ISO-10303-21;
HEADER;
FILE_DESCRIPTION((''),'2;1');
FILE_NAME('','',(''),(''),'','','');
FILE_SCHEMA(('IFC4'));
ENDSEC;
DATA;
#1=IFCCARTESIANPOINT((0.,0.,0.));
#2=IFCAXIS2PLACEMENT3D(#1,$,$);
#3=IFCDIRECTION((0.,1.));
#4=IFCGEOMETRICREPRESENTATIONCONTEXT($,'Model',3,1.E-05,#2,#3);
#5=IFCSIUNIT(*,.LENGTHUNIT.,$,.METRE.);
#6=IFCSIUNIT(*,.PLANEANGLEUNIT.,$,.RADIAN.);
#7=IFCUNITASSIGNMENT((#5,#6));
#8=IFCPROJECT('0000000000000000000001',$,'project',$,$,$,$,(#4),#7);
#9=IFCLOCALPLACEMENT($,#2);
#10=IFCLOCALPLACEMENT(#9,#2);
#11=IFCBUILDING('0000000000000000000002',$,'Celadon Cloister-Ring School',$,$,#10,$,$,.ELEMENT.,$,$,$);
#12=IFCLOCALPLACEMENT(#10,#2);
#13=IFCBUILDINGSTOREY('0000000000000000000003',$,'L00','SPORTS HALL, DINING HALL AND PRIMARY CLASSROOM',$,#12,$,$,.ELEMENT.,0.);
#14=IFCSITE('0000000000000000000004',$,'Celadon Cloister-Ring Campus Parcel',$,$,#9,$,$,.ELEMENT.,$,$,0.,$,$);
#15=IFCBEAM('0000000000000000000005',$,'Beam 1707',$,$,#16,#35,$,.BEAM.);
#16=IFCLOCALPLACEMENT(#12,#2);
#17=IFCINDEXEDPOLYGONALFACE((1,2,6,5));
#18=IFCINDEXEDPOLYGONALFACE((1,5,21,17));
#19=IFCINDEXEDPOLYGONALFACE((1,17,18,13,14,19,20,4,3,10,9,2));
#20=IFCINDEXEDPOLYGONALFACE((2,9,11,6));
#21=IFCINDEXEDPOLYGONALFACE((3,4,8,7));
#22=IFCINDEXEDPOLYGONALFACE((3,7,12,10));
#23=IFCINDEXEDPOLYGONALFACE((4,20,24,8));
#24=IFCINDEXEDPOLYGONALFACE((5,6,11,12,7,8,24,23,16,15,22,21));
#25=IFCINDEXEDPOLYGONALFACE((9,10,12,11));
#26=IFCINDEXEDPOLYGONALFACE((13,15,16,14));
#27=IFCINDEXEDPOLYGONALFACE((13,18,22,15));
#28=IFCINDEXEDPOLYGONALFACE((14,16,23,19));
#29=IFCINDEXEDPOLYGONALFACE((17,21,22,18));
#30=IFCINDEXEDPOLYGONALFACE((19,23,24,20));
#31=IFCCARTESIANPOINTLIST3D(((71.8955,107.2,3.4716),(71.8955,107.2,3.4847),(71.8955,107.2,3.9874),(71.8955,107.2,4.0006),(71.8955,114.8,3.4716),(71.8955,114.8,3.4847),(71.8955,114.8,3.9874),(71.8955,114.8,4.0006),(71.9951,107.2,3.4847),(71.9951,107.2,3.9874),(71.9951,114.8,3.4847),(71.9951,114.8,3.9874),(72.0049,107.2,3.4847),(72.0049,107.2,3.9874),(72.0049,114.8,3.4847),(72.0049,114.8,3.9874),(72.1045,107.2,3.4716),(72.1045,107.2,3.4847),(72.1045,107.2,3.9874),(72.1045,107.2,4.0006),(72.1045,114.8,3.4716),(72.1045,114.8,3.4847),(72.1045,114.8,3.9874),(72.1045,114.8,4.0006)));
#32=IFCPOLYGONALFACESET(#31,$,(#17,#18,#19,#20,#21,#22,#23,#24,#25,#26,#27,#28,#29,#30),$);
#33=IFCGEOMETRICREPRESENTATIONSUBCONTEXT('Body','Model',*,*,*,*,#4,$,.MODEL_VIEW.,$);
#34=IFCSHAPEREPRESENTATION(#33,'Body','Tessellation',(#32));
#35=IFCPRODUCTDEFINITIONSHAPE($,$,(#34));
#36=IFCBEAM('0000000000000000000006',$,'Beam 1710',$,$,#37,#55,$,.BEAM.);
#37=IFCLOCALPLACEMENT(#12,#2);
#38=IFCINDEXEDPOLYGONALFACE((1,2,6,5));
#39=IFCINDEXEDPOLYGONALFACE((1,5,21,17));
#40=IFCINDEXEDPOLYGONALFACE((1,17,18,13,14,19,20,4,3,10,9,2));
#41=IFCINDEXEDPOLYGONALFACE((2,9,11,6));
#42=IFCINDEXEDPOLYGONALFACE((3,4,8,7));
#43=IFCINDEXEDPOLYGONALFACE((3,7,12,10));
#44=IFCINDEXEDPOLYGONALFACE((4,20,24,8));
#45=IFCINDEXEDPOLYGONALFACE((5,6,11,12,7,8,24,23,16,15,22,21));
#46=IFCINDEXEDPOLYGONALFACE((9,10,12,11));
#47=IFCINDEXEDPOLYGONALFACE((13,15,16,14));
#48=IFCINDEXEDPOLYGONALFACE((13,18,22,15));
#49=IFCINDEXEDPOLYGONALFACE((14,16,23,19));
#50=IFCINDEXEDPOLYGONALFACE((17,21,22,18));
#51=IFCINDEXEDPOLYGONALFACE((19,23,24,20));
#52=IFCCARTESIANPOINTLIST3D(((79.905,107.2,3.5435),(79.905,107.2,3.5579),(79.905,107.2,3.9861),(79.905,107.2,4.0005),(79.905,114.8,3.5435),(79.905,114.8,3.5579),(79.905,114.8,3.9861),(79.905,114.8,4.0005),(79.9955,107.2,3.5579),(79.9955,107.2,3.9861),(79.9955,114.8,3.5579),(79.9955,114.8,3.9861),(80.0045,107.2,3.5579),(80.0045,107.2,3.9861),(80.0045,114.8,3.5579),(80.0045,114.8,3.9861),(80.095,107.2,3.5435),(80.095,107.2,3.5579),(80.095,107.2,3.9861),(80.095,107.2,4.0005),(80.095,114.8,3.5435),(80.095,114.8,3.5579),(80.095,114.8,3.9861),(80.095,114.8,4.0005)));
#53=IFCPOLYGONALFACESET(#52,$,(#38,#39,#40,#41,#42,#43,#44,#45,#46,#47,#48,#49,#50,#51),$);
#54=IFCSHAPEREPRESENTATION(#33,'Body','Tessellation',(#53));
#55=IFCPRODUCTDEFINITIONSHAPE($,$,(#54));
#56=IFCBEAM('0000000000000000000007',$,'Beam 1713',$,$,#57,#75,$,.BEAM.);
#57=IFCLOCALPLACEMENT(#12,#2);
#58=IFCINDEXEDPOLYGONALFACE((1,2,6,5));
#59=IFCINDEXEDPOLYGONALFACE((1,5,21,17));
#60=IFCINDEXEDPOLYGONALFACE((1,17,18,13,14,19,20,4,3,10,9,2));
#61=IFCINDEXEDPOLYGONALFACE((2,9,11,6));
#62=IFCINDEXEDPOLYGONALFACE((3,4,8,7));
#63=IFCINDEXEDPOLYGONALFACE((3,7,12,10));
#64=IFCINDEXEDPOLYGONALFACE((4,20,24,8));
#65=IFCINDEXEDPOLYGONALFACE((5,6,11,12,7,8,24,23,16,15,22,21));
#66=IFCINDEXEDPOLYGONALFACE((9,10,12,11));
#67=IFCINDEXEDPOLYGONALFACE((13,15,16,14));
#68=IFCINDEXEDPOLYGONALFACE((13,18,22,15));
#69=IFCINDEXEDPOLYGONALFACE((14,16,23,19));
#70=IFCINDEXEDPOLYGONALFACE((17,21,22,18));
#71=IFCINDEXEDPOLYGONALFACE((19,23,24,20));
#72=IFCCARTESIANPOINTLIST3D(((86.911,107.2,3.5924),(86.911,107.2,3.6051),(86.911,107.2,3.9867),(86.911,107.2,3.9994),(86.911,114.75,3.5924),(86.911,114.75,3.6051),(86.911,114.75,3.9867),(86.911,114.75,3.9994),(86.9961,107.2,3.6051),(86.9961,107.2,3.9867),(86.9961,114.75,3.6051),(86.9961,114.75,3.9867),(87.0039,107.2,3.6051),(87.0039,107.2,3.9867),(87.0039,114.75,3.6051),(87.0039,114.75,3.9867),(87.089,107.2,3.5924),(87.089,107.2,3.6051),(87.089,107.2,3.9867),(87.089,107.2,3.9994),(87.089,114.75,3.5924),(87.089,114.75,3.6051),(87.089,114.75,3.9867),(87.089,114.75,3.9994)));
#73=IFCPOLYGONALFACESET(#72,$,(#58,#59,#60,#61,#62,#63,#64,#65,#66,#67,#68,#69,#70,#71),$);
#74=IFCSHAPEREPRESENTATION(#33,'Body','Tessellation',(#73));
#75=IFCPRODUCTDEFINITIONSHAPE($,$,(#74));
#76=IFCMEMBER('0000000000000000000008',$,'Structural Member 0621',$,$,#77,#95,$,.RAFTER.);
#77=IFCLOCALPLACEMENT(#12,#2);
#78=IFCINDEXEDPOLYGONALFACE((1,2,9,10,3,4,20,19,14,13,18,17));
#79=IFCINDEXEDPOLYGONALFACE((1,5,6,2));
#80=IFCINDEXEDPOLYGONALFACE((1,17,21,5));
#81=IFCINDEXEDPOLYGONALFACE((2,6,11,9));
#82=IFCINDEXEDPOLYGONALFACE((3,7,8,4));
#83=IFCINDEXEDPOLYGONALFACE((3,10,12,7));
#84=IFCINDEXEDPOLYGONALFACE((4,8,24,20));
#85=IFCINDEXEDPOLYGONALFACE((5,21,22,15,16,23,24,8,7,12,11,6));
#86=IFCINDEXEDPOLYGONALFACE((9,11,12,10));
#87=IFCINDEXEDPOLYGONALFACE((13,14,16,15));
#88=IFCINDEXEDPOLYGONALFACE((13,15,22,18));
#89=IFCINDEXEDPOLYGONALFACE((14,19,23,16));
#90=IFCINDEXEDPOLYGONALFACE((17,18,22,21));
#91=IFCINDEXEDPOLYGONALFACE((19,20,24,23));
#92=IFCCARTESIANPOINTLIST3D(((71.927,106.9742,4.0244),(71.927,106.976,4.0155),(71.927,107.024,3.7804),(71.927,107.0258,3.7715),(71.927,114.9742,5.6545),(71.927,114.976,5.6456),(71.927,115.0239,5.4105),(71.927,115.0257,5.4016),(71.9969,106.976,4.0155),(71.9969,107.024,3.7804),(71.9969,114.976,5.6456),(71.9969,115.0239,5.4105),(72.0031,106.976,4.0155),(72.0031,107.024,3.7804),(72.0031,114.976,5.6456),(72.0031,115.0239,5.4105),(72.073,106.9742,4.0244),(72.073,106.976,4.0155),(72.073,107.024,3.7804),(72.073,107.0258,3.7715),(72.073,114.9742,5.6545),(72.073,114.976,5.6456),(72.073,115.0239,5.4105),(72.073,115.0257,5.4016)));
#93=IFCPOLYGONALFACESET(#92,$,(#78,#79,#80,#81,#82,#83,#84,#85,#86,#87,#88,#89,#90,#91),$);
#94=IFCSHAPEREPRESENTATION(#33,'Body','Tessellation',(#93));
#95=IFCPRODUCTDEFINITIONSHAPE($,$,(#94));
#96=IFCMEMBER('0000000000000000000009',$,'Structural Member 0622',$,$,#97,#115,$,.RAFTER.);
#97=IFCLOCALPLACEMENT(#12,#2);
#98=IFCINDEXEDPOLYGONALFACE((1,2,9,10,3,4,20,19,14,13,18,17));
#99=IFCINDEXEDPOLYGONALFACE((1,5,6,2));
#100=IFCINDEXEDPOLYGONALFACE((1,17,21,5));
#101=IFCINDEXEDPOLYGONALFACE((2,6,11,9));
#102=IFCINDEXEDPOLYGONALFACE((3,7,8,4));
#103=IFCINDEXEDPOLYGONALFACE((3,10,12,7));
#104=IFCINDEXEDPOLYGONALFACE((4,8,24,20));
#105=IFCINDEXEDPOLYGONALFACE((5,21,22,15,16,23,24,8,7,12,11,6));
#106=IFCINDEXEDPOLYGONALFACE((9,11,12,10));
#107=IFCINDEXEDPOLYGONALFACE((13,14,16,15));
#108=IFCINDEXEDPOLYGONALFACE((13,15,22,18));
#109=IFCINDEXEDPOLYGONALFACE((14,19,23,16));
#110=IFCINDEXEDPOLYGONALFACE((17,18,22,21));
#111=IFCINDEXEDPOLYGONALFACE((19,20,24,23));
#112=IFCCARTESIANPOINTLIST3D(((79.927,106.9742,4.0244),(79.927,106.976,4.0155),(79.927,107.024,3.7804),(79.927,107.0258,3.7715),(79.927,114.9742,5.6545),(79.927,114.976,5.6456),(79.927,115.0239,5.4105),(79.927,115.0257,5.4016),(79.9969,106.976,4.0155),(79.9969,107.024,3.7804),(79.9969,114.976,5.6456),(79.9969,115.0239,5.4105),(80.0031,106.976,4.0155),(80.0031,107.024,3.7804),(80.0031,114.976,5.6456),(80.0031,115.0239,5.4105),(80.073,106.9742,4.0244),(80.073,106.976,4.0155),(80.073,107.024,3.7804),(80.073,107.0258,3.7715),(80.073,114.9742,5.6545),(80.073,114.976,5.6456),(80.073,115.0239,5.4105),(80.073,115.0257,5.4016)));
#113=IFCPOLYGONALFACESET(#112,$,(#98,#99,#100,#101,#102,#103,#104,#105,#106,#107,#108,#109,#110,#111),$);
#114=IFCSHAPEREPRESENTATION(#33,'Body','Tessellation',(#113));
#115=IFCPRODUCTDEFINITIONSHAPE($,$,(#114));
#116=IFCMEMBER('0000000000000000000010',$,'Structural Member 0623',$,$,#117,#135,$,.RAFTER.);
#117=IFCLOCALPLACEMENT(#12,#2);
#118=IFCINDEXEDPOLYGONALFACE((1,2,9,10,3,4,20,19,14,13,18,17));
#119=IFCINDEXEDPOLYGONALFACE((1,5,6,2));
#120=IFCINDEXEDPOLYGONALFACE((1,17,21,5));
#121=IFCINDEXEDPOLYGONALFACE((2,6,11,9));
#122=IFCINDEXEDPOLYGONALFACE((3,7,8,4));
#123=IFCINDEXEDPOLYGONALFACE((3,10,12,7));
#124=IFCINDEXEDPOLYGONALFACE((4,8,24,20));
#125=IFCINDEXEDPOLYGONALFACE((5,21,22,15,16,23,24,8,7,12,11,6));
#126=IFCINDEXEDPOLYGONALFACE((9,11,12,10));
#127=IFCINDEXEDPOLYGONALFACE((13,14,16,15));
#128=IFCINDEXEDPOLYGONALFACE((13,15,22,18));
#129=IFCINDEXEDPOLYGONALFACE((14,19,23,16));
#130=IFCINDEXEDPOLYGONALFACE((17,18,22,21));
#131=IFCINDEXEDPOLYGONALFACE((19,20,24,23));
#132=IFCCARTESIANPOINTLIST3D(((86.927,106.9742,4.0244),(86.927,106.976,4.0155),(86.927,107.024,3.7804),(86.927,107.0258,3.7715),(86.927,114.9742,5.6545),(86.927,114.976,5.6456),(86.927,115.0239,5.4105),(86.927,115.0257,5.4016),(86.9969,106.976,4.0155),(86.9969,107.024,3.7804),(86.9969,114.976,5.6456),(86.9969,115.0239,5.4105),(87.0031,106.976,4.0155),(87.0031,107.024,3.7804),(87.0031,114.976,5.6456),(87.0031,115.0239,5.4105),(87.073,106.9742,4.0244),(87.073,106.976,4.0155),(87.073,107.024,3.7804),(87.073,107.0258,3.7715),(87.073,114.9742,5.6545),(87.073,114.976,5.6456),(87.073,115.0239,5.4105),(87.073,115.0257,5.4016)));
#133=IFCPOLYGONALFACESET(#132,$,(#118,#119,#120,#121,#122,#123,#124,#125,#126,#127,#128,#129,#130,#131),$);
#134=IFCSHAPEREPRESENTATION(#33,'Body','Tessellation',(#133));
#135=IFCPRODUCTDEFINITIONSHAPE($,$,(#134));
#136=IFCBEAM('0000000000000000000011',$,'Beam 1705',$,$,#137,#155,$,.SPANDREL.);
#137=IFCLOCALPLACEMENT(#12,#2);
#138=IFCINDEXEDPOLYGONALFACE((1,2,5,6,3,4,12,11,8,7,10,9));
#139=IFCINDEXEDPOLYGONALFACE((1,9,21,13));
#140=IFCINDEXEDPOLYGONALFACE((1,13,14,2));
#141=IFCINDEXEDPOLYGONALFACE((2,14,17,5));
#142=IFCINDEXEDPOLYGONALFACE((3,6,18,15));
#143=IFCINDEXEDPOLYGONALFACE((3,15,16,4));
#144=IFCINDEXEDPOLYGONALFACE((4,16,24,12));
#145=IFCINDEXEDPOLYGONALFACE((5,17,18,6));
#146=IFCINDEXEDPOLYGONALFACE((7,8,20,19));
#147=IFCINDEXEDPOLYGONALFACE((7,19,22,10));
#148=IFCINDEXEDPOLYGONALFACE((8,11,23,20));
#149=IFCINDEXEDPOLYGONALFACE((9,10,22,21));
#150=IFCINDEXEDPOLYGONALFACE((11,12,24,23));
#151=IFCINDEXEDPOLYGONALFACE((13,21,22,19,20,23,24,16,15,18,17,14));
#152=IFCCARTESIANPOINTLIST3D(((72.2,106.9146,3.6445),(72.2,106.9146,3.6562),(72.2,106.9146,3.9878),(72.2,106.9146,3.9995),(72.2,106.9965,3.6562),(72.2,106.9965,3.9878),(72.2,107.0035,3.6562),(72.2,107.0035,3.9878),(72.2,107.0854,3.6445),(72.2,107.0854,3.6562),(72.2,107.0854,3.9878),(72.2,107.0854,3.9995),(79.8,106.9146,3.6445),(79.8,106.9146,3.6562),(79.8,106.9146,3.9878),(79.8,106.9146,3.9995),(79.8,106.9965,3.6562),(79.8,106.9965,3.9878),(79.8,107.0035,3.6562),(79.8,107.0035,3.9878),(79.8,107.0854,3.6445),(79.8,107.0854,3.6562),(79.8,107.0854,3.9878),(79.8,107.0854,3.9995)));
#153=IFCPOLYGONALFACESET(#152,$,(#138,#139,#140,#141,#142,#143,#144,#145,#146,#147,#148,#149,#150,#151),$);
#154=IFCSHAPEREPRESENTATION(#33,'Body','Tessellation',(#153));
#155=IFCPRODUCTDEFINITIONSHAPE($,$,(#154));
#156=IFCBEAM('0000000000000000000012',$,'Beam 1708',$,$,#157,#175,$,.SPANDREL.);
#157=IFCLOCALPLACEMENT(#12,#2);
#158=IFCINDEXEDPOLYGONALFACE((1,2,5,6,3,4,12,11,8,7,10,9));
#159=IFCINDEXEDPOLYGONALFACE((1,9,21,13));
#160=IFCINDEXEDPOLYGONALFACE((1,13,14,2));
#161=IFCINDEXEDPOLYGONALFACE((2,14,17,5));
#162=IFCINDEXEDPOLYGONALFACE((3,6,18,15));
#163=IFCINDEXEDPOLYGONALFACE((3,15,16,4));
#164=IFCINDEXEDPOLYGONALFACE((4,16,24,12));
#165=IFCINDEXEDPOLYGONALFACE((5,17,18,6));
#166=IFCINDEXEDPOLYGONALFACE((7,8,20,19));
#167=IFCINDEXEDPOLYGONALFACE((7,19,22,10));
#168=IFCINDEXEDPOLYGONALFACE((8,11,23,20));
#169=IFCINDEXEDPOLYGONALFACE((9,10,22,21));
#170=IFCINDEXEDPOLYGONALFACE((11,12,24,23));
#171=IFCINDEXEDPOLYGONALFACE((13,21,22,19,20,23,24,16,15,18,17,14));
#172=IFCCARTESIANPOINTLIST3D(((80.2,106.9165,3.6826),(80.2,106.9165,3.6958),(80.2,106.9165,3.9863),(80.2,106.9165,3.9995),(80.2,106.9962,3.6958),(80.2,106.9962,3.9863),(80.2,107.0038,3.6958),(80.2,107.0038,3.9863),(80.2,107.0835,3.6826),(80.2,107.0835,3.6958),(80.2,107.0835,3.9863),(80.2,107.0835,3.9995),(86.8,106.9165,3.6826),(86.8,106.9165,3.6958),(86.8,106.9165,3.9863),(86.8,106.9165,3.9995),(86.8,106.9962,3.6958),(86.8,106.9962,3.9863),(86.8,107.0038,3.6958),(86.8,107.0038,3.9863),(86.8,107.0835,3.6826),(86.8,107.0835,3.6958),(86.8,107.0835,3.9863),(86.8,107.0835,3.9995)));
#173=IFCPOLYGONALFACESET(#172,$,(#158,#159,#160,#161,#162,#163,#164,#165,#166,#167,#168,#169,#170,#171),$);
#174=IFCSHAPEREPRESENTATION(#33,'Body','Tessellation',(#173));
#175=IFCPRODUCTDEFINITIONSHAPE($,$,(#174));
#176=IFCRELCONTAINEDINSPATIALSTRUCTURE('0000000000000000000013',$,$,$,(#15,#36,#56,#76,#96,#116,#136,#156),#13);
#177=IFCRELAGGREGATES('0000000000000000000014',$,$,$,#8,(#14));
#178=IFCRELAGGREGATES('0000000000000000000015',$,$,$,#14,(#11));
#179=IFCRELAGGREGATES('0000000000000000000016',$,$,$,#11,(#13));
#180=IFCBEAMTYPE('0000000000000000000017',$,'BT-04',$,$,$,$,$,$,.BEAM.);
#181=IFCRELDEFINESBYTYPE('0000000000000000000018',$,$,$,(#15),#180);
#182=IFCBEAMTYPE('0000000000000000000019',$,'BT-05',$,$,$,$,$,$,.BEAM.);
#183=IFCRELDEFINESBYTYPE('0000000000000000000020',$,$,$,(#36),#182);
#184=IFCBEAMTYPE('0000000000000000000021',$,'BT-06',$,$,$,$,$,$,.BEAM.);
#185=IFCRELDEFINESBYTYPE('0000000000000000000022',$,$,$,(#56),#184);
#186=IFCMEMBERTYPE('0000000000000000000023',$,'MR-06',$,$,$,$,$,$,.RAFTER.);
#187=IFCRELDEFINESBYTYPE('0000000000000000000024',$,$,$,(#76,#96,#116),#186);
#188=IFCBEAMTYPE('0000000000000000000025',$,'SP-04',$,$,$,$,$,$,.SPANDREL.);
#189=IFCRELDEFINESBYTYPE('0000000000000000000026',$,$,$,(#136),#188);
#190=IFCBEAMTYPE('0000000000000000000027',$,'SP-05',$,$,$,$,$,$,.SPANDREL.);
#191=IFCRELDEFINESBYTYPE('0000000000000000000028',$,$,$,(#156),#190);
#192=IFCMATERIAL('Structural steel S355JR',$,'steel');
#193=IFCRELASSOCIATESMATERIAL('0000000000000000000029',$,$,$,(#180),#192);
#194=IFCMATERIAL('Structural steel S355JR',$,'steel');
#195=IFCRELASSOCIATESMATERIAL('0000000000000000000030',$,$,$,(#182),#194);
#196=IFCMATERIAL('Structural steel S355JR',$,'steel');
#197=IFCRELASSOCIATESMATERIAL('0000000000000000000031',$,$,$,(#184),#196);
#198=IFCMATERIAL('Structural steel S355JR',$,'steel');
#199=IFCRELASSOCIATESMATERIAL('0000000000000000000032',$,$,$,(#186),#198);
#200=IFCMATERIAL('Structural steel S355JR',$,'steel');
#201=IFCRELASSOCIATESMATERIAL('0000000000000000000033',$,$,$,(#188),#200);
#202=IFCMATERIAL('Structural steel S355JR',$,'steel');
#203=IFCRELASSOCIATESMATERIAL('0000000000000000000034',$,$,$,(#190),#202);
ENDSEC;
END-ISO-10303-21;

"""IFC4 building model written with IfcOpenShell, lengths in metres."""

from ifc_helpers import new_model, si_unit, direction, frame, origin, origin_2d, place, context, subcontext, project, spatial, i_section, extrude, material, material_profile, profile_set, type_object, element, save


model = new_model("IFC4")

# Units and contexts
model_context = context("Model", 3, precision=1e-05, world=origin(), true_north=direction((0.0, 1.0)))
body_context = subcontext(model_context, "Body", "Model", "MODEL_VIEW")
ifc_project = project(units=[si_unit("LENGTHUNIT", "METRE"), si_unit("PLANEANGLEUNIT", "RADIAN")], contexts=[model_context])

# Site, building, storey
site_placement = place(None, origin())
site = spatial("IfcSite", under=ifc_project, at=site_placement, Name="Celadon Cloister-Ring Campus Parcel", CompositionType="ELEMENT", RefElevation=0.0)
building_placement = place(site_placement, origin())
building = spatial("IfcBuilding", under=site, at=building_placement, Name="Celadon Cloister-Ring School", CompositionType="ELEMENT")
storey_placement = place(building_placement, origin())
storey = spatial("IfcBuildingStorey", under=building, at=storey_placement, Name="L00", Description="SPORTS HALL, DINING HALL AND PRIMARY CLASSROOM", CompositionType="ELEMENT", Elevation=0.0)

# Beams
ifc_material_1 = material(Name="Structural steel S355JR", Category="steel")
ifc_material_profile_1 = material_profile(ifc_material_1, i_section(OverallWidth=0.209, OverallDepth=0.5291, WebThickness=0.0098, FlangeThickness=0.0132, at=origin_2d()), Name="W530X74")
ifc_profile_set_1 = profile_set([ifc_material_profile_1], Name="Structural steel S355JR")
beam_type_1 = type_object("IfcBeamType", Name="BT-04", PredefinedType="BEAM", material=ifc_profile_set_1)
beam_1_placement = place(storey_placement, frame((72.0, 107.2, 3.7361), z_axis=(0.0, 1.0, 0.0), x_axis=(-1.0, 0.0, 0.0)))
element("IfcBeam", 1, at=beam_1_placement, inside=storey, type_object=beam_type_1, Name="Beam 1707", PredefinedType="BEAM", context=body_context, shape_type="SweptSolid", body=[
    extrude(i_section(OverallWidth=0.209, OverallDepth=0.5291, WebThickness=0.0098, FlangeThickness=0.0132, at=origin_2d()), origin(), (0.0, 0.0, 1.0), 7.6001),
])
ifc_material_2 = material(Name="Structural steel S355JR", Category="steel")
ifc_material_profile_2 = material_profile(ifc_material_2, i_section(OverallWidth=0.1899, OverallDepth=0.457, WebThickness=0.009, FlangeThickness=0.0144, at=origin_2d()), Name="W460X74")
ifc_profile_set_2 = profile_set([ifc_material_profile_2], Name="Structural steel S355JR")
beam_type_2 = type_object("IfcBeamType", Name="BT-05", PredefinedType="BEAM", material=ifc_profile_set_2)
beam_2_placement = place(storey_placement, frame((80.0, 107.2, 3.772), z_axis=(0.0, 1.0, 0.0), x_axis=(-1.0, 0.0, 0.0)))
element("IfcBeam", 2, at=beam_2_placement, inside=storey, type_object=beam_type_2, Name="Beam 1710", PredefinedType="BEAM", context=body_context, shape_type="SweptSolid", body=[
    extrude(i_section(OverallWidth=0.1899, OverallDepth=0.457, WebThickness=0.009, FlangeThickness=0.0144, at=origin_2d()), origin(), (0.0, 0.0, 1.0), 7.6001),
])
ifc_material_3 = material(Name="Structural steel S355JR", Category="steel")
ifc_material_profile_3 = material_profile(ifc_material_3, i_section(OverallWidth=0.178, OverallDepth=0.407, WebThickness=0.0078, FlangeThickness=0.0127, at=origin_2d()), Name="W410X60")
ifc_profile_set_3 = profile_set([ifc_material_profile_3], Name="Structural steel S355JR")
beam_type_3 = type_object("IfcBeamType", Name="BT-06", PredefinedType="BEAM", material=ifc_profile_set_3)
beam_3_placement = place(storey_placement, frame((87.0, 107.2, 3.7959), z_axis=(0.0, 1.0, 0.0), x_axis=(-1.0, 0.0, 0.0)))
element("IfcBeam", 3, at=beam_3_placement, inside=storey, type_object=beam_type_3, Name="Beam 1713", PredefinedType="BEAM", context=body_context, shape_type="SweptSolid", body=[
    extrude(i_section(OverallWidth=0.178, OverallDepth=0.407, WebThickness=0.0078, FlangeThickness=0.0127, at=origin_2d()), origin(), (0.0, 0.0, 1.0), 7.55),
])

# Members
ifc_material_4 = material(Name="Structural steel S355JR", Category="steel")
ifc_material_profile_4 = material_profile(ifc_material_4, i_section(OverallWidth=0.146, OverallDepth=0.2581, WebThickness=0.0061, FlangeThickness=0.009, at=origin_2d()), Name="W250X33")
ifc_profile_set_4 = profile_set([ifc_material_profile_4], Name="Structural steel S355JR")
member_type = type_object("IfcMemberType", Name="MR-06", PredefinedType="RAFTER", material=ifc_profile_set_4)
for number, where, z_axis, x_axis, name in (
    (4, (72.0, 107.0, 3.8979), (0.0, 0.979865, 0.199663), (-1.0, 0.0, 0.0), "Structural Member 0621"),
    (5, (80.0, 107.0, 3.8979), (0.0, 0.979865, 0.199663), (-1.0, 0.0, 0.0), "Structural Member 0622"),
    (6, (87.0, 107.0, 3.8979), (0.0, 0.979865, 0.199663), (-1.0, 0.0, 0.0), "Structural Member 0623"),
):
    element("IfcMember", number, at=place(storey_placement, frame(where, z_axis=z_axis, x_axis=x_axis)), inside=storey, type_object=member_type, Name=name, PredefinedType="RAFTER", context=body_context, shape_type="SweptSolid", body=[
        extrude(i_section(OverallWidth=0.146, OverallDepth=0.2581, WebThickness=0.0061, FlangeThickness=0.009, at=origin_2d()), origin(), (0.0, 0.0, 1.0), 8.1643),
    ])

# Beams
ifc_material_5 = material(Name="Structural steel S355JR", Category="steel")
ifc_material_profile_5 = material_profile(ifc_material_5, i_section(OverallWidth=0.1709, OverallDepth=0.355, WebThickness=0.0071, FlangeThickness=0.0117, at=origin_2d()), Name="W360X51")
ifc_profile_set_5 = profile_set([ifc_material_profile_5], Name="Structural steel S355JR")
beam_type_4 = type_object("IfcBeamType", Name="SP-04", PredefinedType="SPANDREL", material=ifc_profile_set_5)
beam_4_placement = place(storey_placement, frame((72.2, 107.0, 3.822), z_axis=(1.0, 0.0, 0.0), x_axis=(0.0, 1.0, 0.0)))
element("IfcBeam", 7, at=beam_4_placement, inside=storey, type_object=beam_type_4, Name="Beam 1705", PredefinedType="SPANDREL", context=body_context, shape_type="SweptSolid", body=[
    extrude(i_section(OverallWidth=0.1709, OverallDepth=0.355, WebThickness=0.0071, FlangeThickness=0.0117, at=origin_2d()), origin(), (0.0, 0.0, 1.0), 7.6001),
])
ifc_material_6 = material(Name="Structural steel S355JR", Category="steel")
ifc_material_profile_6 = material_profile(ifc_material_6, i_section(OverallWidth=0.167, OverallDepth=0.3169, WebThickness=0.0076, FlangeThickness=0.0132, at=origin_2d()), Name="W310X52")
ifc_profile_set_6 = profile_set([ifc_material_profile_6], Name="Structural steel S355JR")
beam_type_5 = type_object("IfcBeamType", Name="SP-05", PredefinedType="SPANDREL", material=ifc_profile_set_6)
beam_5_placement = place(storey_placement, frame((80.2, 107.0, 3.8411), z_axis=(1.0, 0.0, 0.0), x_axis=(0.0, 1.0, 0.0)))
element("IfcBeam", 8, at=beam_5_placement, inside=storey, type_object=beam_type_5, Name="Beam 1708", PredefinedType="SPANDREL", context=body_context, shape_type="SweptSolid", body=[
    extrude(i_section(OverallWidth=0.167, OverallDepth=0.3169, WebThickness=0.0076, FlangeThickness=0.0132, at=origin_2d()), origin(), (0.0, 0.0, 1.0), 6.6001),
])

save(model, "model.ifc")
